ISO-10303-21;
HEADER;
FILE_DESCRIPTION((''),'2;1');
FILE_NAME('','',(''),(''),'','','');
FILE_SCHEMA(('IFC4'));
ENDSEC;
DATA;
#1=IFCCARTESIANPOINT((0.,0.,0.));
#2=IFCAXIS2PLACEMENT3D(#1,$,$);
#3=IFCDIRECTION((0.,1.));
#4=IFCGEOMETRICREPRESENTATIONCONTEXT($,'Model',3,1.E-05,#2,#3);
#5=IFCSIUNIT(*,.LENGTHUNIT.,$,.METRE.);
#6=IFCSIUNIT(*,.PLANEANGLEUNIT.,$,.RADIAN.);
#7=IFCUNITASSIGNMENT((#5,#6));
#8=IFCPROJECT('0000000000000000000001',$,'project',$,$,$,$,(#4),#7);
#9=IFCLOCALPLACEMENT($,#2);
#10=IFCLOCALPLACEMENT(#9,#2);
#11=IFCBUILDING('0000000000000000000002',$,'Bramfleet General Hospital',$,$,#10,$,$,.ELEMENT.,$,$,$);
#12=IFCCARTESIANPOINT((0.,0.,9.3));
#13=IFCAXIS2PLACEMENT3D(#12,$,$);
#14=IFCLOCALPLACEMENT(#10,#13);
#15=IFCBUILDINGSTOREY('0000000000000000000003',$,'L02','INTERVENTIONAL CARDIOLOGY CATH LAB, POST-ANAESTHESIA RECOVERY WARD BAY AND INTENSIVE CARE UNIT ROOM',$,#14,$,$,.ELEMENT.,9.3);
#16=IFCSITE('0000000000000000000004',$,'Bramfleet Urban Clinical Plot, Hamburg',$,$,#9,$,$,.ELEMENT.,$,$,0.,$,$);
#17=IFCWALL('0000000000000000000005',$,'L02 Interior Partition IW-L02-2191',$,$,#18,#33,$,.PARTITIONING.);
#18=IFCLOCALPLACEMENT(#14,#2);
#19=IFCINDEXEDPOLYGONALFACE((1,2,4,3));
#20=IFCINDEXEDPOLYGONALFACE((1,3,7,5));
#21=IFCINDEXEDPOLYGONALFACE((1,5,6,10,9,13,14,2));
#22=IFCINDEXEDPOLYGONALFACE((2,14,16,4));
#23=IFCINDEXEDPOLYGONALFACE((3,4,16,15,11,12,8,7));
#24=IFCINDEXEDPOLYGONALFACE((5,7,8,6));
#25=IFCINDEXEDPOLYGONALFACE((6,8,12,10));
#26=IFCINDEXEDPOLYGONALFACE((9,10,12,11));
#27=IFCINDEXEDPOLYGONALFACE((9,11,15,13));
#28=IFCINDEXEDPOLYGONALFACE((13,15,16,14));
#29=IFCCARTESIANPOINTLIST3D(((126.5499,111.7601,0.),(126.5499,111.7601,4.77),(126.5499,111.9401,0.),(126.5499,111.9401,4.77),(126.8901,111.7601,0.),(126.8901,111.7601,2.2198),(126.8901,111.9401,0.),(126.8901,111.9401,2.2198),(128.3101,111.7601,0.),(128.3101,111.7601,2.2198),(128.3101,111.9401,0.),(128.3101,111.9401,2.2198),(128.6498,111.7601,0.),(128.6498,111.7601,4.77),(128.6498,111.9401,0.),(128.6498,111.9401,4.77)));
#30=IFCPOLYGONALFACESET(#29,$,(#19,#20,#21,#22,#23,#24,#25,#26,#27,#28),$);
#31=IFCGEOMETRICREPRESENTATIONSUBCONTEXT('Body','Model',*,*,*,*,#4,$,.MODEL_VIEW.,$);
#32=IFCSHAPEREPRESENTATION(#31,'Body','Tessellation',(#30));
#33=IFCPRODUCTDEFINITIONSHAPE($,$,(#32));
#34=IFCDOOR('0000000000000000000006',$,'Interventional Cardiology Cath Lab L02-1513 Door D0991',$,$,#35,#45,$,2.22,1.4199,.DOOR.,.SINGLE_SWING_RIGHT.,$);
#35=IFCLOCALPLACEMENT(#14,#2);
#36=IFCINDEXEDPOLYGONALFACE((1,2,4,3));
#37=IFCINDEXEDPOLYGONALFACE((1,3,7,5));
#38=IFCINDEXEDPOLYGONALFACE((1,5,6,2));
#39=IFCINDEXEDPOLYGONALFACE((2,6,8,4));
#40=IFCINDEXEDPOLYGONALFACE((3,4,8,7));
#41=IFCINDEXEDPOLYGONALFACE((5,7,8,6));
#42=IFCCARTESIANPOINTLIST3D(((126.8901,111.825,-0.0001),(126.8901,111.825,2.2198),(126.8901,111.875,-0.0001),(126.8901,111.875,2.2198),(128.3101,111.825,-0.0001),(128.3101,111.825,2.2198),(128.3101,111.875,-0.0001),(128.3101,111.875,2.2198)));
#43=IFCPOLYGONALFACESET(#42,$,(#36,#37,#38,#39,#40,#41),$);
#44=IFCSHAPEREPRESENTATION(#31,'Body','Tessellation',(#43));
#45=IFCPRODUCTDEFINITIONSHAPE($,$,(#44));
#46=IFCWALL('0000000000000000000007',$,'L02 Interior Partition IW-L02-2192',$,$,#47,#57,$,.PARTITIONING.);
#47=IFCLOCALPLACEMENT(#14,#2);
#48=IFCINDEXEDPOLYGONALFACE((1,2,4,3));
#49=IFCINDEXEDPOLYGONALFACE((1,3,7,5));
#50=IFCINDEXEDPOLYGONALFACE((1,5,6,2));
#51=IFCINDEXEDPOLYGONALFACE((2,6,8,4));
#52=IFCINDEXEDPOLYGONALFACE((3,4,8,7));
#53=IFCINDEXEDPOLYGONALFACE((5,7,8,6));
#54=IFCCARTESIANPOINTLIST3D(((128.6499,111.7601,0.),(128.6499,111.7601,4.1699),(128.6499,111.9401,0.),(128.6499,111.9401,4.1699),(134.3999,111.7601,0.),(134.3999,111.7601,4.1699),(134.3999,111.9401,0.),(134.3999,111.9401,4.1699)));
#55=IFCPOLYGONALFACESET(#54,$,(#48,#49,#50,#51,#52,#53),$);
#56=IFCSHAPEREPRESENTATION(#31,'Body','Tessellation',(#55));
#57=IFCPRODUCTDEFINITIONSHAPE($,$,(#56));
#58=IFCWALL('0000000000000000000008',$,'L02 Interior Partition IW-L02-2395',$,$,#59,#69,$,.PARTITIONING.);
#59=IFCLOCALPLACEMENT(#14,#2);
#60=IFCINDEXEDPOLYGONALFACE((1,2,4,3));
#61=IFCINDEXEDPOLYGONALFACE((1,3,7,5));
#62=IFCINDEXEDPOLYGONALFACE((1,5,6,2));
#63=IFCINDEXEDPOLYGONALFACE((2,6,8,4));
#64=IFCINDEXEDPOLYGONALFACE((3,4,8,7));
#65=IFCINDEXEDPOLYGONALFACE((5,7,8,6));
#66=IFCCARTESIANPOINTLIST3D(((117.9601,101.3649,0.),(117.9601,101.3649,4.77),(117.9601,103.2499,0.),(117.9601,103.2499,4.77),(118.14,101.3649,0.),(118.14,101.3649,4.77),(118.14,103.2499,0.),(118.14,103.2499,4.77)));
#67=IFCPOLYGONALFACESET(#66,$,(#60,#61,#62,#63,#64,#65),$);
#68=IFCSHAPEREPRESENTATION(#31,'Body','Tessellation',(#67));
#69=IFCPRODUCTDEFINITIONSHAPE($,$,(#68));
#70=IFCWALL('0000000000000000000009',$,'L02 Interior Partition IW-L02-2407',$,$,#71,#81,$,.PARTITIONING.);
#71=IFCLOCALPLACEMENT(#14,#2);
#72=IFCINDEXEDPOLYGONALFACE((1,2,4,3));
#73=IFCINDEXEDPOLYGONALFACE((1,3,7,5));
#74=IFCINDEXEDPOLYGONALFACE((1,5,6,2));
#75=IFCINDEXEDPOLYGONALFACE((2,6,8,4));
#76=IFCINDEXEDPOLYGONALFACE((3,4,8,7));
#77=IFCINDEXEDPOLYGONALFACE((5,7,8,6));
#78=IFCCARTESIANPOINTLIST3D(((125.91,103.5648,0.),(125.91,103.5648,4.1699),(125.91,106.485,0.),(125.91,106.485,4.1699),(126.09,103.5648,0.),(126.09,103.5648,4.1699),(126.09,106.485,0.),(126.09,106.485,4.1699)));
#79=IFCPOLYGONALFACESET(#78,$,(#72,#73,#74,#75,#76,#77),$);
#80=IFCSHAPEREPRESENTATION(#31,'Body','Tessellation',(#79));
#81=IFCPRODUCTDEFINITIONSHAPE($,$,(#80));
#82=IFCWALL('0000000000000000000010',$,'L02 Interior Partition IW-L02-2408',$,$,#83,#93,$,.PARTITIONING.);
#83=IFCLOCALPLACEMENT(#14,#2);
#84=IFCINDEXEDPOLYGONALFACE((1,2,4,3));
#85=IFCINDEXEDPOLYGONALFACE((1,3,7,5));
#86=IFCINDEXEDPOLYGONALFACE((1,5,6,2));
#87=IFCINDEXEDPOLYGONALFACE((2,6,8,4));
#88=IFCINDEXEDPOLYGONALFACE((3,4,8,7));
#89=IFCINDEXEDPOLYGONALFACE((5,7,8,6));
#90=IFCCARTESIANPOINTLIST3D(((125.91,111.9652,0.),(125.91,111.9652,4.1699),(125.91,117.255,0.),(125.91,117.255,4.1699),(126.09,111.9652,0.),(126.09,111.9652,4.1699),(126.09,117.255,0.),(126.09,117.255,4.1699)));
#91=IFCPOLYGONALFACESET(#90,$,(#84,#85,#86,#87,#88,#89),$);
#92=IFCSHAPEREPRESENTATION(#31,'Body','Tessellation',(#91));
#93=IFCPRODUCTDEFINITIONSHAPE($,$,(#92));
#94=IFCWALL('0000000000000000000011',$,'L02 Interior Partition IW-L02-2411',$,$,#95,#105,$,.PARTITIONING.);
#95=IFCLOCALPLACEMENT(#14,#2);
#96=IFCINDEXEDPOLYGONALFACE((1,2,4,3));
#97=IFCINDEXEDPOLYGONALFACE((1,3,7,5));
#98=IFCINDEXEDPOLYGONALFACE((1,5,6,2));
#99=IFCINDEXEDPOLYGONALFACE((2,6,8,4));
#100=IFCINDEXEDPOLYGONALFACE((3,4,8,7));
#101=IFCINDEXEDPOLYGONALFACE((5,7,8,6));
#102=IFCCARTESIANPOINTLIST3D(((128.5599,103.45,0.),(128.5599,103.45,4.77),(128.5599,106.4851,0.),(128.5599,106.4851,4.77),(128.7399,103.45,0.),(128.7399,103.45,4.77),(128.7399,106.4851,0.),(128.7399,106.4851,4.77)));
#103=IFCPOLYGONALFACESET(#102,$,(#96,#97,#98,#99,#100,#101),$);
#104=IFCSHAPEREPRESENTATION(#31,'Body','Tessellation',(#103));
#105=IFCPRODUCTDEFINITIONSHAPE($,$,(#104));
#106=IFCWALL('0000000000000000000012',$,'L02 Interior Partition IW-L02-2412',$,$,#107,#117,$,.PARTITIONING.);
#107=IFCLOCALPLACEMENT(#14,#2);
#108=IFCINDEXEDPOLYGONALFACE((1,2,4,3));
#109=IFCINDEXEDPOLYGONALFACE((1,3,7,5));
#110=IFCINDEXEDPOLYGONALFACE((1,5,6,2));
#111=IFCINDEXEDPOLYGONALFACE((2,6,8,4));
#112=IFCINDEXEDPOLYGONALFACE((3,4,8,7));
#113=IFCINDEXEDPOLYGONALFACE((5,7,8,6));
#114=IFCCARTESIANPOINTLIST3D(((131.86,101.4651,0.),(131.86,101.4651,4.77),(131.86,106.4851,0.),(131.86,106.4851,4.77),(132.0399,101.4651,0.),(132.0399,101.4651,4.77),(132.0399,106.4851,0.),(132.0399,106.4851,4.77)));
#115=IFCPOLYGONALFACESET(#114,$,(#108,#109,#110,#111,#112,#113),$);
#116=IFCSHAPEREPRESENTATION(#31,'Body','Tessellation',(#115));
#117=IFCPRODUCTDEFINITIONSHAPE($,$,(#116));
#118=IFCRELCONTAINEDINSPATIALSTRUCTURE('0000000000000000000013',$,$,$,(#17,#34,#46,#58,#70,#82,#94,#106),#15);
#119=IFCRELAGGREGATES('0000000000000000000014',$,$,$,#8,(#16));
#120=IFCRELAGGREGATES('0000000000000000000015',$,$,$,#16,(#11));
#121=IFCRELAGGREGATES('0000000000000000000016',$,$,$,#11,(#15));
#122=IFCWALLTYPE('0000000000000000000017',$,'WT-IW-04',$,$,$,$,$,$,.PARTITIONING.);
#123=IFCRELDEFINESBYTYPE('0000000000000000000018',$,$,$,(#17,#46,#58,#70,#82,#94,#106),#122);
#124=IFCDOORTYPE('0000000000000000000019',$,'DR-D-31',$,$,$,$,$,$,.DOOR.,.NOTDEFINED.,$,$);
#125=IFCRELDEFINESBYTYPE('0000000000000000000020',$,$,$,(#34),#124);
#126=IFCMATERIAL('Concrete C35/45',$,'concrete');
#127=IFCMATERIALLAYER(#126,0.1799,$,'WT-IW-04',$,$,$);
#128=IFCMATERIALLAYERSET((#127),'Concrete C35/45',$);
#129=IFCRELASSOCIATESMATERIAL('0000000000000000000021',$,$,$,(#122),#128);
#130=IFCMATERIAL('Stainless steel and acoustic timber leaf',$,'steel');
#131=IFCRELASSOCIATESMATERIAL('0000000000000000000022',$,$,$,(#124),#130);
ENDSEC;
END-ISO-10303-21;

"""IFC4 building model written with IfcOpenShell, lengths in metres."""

from ifc_helpers import new_model, si_unit, direction, frame, frame_2d, origin, place, context, subcontext, project, spatial, rectangle, extrude, material, layer, layer_set, type_object, element, fill, save


model = new_model("IFC4")

# Units and contexts
model_context = context("Model", 3, precision=1e-05, world=origin(), true_north=direction((0.0, 1.0)))
body_context = subcontext(model_context, "Body", "Model", "MODEL_VIEW")
ifc_project = project(units=[si_unit("LENGTHUNIT", "METRE"), si_unit("PLANEANGLEUNIT", "RADIAN")], contexts=[model_context])

# Site, building, storey
site_placement = place(None, origin())
site = spatial("IfcSite", under=ifc_project, at=site_placement, Name="Bramfleet Urban Clinical Plot, Hamburg", CompositionType="ELEMENT", RefElevation=0.0)
building_placement = place(site_placement, origin())
building = spatial("IfcBuilding", under=site, at=building_placement, Name="Bramfleet General Hospital", CompositionType="ELEMENT")
storey_placement = place(building_placement, frame((0.0, 0.0, 9.3)))
storey = spatial("IfcBuildingStorey", under=building, at=storey_placement, Name="L02", Description="INTERVENTIONAL CARDIOLOGY CATH LAB, POST-ANAESTHESIA RECOVERY WARD BAY AND INTENSIVE CARE UNIT ROOM", CompositionType="ELEMENT", Elevation=9.3)

# Shared definitions
ifc_material_1 = material(Name="Concrete C35/45", Category="concrete")

# Wall, opening, door
ifc_layer_1 = layer(ifc_material_1, 0.1799, Name="WT-IW-04")
ifc_layer_set_1 = layer_set([ifc_layer_1], Name="Concrete C35/45")
wall_type_1 = type_object("IfcWallType", Name="WT-IW-04", PredefinedType="PARTITIONING", material=ifc_layer_set_1)
ifc_material_2 = material(Name="Stainless steel and acoustic timber leaf", Category="steel")
wall_1_placement = place(storey_placement, frame((126.55, 111.8501, 0.0), z_axis=(0.0, 0.0, 1.0), x_axis=(1.0, 0.0, 0.0)))
wall_1 = element("IfcWall", 1, at=wall_1_placement, inside=storey, type_object=wall_type_1, Name="L02 Interior Partition IW-L02-2191", PredefinedType="PARTITIONING", context=body_context, shape_type="SweptSolid", body=[
    extrude(rectangle(XDim=2.0999, YDim=0.1799, at=frame_2d((1.0498, 0.0))), origin(), (0.0, 0.0, 1.0), 4.77),
])
opening_1_placement = place(wall_1_placement, frame((0.3401, 0.0, 0.0)))
opening_1 = element("IfcOpeningElement", 2, at=opening_1_placement, cuts=wall_1, PredefinedType="OPENING", context=body_context, shape_type="SweptSolid", body=[
    extrude(rectangle(XDim=1.4199, YDim=2.22, at=frame_2d((0.71, 1.1099))), frame((0.0, 0.0999, 0.0), z_axis=(0.0, -1.0, 0.0), x_axis=(1.0, 0.0, 0.0)), (0.0, 0.0, 1.0), 0.2),
])
door_type_1 = type_object("IfcDoorType", Name="DR-D-31", OperationType="NOTDEFINED", PredefinedType="DOOR", material=ifc_material_2)
door_1_placement = place(opening_1_placement, origin())
door_1 = element("IfcDoor", 3, at=door_1_placement, inside=storey, type_object=door_type_1, Name="Interventional Cardiology Cath Lab L02-1513 Door D0991", OperationType="SINGLE_SWING_RIGHT", OverallHeight=2.22, OverallWidth=1.4199, PredefinedType="DOOR", context=body_context, shape_type="SweptSolid", body=[
    extrude(rectangle(XDim=1.4199, YDim=2.22, at=frame_2d((0.71, 1.1099))), frame((0.0, 0.0249, 0.0), z_axis=(0.0, -1.0, 0.0), x_axis=(1.0, 0.0, 0.0)), (0.0, 0.0, 1.0), 0.05),
])
fill(opening_1, door_1)

# Walls
wall_2_placement = place(storey_placement, frame((128.6499, 111.8501, 0.0), z_axis=(0.0, 0.0, 1.0), x_axis=(1.0, 0.0, 0.0)))
element("IfcWall", 4, at=wall_2_placement, inside=storey, type_object=wall_type_1, Name="L02 Interior Partition IW-L02-2192", PredefinedType="PARTITIONING", context=body_context, shape_type="SweptSolid", body=[
    extrude(rectangle(XDim=5.75, YDim=0.1799, at=frame_2d((2.875, 0.0))), origin(), (0.0, 0.0, 1.0), 4.1699),
])
wall_3_placement = place(storey_placement, frame((118.05, 101.365, 0.0), z_axis=(0.0, 0.0, 1.0), x_axis=(0.0, 1.0, 0.0)))
element("IfcWall", 5, at=wall_3_placement, inside=storey, type_object=wall_type_1, Name="L02 Interior Partition IW-L02-2395", PredefinedType="PARTITIONING", context=body_context, shape_type="SweptSolid", body=[
    extrude(rectangle(XDim=1.885, YDim=0.1799, at=frame_2d((0.9424, 0.0))), origin(), (0.0, 0.0, 1.0), 4.77),
])
wall_4_placement = place(storey_placement, frame((126.0, 103.5649, 0.0), z_axis=(0.0, 0.0, 1.0), x_axis=(0.0, 1.0, 0.0)))
element("IfcWall", 6, at=wall_4_placement, inside=storey, type_object=wall_type_1, Name="L02 Interior Partition IW-L02-2407", PredefinedType="PARTITIONING", context=body_context, shape_type="SweptSolid", body=[
    extrude(rectangle(XDim=2.9202, YDim=0.1799, at=frame_2d((1.46, 0.0))), origin(), (0.0, 0.0, 1.0), 4.1699),
])
wall_5_placement = place(storey_placement, frame((126.0, 111.9651, 0.0), z_axis=(0.0, 0.0, 1.0), x_axis=(0.0, 1.0, 0.0)))
element("IfcWall", 7, at=wall_5_placement, inside=storey, type_object=wall_type_1, Name="L02 Interior Partition IW-L02-2408", PredefinedType="PARTITIONING", context=body_context, shape_type="SweptSolid", body=[
    extrude(rectangle(XDim=5.2898, YDim=0.1799, at=frame_2d((2.645, 0.0))), origin(), (0.0, 0.0, 1.0), 4.1699),
])
wall_6_placement = place(storey_placement, frame((128.6499, 103.45, 0.0), z_axis=(0.0, 0.0, 1.0), x_axis=(0.0, 1.0, 0.0)))
element("IfcWall", 8, at=wall_6_placement, inside=storey, type_object=wall_type_1, Name="L02 Interior Partition IW-L02-2411", PredefinedType="PARTITIONING", context=body_context, shape_type="SweptSolid", body=[
    extrude(rectangle(XDim=3.0352, YDim=0.1799, at=frame_2d((1.5176, 0.0))), origin(), (0.0, 0.0, 1.0), 4.77),
])
wall_7_placement = place(storey_placement, frame((131.95, 101.4651, 0.0), z_axis=(0.0, 0.0, 1.0), x_axis=(0.0, 1.0, 0.0)))
element("IfcWall", 9, at=wall_7_placement, inside=storey, type_object=wall_type_1, Name="L02 Interior Partition IW-L02-2412", PredefinedType="PARTITIONING", context=body_context, shape_type="SweptSolid", body=[
    extrude(rectangle(XDim=5.02, YDim=0.1799, at=frame_2d((2.51, 0.0))), origin(), (0.0, 0.0, 1.0), 4.77),
])

save(model, "model.ifc")
